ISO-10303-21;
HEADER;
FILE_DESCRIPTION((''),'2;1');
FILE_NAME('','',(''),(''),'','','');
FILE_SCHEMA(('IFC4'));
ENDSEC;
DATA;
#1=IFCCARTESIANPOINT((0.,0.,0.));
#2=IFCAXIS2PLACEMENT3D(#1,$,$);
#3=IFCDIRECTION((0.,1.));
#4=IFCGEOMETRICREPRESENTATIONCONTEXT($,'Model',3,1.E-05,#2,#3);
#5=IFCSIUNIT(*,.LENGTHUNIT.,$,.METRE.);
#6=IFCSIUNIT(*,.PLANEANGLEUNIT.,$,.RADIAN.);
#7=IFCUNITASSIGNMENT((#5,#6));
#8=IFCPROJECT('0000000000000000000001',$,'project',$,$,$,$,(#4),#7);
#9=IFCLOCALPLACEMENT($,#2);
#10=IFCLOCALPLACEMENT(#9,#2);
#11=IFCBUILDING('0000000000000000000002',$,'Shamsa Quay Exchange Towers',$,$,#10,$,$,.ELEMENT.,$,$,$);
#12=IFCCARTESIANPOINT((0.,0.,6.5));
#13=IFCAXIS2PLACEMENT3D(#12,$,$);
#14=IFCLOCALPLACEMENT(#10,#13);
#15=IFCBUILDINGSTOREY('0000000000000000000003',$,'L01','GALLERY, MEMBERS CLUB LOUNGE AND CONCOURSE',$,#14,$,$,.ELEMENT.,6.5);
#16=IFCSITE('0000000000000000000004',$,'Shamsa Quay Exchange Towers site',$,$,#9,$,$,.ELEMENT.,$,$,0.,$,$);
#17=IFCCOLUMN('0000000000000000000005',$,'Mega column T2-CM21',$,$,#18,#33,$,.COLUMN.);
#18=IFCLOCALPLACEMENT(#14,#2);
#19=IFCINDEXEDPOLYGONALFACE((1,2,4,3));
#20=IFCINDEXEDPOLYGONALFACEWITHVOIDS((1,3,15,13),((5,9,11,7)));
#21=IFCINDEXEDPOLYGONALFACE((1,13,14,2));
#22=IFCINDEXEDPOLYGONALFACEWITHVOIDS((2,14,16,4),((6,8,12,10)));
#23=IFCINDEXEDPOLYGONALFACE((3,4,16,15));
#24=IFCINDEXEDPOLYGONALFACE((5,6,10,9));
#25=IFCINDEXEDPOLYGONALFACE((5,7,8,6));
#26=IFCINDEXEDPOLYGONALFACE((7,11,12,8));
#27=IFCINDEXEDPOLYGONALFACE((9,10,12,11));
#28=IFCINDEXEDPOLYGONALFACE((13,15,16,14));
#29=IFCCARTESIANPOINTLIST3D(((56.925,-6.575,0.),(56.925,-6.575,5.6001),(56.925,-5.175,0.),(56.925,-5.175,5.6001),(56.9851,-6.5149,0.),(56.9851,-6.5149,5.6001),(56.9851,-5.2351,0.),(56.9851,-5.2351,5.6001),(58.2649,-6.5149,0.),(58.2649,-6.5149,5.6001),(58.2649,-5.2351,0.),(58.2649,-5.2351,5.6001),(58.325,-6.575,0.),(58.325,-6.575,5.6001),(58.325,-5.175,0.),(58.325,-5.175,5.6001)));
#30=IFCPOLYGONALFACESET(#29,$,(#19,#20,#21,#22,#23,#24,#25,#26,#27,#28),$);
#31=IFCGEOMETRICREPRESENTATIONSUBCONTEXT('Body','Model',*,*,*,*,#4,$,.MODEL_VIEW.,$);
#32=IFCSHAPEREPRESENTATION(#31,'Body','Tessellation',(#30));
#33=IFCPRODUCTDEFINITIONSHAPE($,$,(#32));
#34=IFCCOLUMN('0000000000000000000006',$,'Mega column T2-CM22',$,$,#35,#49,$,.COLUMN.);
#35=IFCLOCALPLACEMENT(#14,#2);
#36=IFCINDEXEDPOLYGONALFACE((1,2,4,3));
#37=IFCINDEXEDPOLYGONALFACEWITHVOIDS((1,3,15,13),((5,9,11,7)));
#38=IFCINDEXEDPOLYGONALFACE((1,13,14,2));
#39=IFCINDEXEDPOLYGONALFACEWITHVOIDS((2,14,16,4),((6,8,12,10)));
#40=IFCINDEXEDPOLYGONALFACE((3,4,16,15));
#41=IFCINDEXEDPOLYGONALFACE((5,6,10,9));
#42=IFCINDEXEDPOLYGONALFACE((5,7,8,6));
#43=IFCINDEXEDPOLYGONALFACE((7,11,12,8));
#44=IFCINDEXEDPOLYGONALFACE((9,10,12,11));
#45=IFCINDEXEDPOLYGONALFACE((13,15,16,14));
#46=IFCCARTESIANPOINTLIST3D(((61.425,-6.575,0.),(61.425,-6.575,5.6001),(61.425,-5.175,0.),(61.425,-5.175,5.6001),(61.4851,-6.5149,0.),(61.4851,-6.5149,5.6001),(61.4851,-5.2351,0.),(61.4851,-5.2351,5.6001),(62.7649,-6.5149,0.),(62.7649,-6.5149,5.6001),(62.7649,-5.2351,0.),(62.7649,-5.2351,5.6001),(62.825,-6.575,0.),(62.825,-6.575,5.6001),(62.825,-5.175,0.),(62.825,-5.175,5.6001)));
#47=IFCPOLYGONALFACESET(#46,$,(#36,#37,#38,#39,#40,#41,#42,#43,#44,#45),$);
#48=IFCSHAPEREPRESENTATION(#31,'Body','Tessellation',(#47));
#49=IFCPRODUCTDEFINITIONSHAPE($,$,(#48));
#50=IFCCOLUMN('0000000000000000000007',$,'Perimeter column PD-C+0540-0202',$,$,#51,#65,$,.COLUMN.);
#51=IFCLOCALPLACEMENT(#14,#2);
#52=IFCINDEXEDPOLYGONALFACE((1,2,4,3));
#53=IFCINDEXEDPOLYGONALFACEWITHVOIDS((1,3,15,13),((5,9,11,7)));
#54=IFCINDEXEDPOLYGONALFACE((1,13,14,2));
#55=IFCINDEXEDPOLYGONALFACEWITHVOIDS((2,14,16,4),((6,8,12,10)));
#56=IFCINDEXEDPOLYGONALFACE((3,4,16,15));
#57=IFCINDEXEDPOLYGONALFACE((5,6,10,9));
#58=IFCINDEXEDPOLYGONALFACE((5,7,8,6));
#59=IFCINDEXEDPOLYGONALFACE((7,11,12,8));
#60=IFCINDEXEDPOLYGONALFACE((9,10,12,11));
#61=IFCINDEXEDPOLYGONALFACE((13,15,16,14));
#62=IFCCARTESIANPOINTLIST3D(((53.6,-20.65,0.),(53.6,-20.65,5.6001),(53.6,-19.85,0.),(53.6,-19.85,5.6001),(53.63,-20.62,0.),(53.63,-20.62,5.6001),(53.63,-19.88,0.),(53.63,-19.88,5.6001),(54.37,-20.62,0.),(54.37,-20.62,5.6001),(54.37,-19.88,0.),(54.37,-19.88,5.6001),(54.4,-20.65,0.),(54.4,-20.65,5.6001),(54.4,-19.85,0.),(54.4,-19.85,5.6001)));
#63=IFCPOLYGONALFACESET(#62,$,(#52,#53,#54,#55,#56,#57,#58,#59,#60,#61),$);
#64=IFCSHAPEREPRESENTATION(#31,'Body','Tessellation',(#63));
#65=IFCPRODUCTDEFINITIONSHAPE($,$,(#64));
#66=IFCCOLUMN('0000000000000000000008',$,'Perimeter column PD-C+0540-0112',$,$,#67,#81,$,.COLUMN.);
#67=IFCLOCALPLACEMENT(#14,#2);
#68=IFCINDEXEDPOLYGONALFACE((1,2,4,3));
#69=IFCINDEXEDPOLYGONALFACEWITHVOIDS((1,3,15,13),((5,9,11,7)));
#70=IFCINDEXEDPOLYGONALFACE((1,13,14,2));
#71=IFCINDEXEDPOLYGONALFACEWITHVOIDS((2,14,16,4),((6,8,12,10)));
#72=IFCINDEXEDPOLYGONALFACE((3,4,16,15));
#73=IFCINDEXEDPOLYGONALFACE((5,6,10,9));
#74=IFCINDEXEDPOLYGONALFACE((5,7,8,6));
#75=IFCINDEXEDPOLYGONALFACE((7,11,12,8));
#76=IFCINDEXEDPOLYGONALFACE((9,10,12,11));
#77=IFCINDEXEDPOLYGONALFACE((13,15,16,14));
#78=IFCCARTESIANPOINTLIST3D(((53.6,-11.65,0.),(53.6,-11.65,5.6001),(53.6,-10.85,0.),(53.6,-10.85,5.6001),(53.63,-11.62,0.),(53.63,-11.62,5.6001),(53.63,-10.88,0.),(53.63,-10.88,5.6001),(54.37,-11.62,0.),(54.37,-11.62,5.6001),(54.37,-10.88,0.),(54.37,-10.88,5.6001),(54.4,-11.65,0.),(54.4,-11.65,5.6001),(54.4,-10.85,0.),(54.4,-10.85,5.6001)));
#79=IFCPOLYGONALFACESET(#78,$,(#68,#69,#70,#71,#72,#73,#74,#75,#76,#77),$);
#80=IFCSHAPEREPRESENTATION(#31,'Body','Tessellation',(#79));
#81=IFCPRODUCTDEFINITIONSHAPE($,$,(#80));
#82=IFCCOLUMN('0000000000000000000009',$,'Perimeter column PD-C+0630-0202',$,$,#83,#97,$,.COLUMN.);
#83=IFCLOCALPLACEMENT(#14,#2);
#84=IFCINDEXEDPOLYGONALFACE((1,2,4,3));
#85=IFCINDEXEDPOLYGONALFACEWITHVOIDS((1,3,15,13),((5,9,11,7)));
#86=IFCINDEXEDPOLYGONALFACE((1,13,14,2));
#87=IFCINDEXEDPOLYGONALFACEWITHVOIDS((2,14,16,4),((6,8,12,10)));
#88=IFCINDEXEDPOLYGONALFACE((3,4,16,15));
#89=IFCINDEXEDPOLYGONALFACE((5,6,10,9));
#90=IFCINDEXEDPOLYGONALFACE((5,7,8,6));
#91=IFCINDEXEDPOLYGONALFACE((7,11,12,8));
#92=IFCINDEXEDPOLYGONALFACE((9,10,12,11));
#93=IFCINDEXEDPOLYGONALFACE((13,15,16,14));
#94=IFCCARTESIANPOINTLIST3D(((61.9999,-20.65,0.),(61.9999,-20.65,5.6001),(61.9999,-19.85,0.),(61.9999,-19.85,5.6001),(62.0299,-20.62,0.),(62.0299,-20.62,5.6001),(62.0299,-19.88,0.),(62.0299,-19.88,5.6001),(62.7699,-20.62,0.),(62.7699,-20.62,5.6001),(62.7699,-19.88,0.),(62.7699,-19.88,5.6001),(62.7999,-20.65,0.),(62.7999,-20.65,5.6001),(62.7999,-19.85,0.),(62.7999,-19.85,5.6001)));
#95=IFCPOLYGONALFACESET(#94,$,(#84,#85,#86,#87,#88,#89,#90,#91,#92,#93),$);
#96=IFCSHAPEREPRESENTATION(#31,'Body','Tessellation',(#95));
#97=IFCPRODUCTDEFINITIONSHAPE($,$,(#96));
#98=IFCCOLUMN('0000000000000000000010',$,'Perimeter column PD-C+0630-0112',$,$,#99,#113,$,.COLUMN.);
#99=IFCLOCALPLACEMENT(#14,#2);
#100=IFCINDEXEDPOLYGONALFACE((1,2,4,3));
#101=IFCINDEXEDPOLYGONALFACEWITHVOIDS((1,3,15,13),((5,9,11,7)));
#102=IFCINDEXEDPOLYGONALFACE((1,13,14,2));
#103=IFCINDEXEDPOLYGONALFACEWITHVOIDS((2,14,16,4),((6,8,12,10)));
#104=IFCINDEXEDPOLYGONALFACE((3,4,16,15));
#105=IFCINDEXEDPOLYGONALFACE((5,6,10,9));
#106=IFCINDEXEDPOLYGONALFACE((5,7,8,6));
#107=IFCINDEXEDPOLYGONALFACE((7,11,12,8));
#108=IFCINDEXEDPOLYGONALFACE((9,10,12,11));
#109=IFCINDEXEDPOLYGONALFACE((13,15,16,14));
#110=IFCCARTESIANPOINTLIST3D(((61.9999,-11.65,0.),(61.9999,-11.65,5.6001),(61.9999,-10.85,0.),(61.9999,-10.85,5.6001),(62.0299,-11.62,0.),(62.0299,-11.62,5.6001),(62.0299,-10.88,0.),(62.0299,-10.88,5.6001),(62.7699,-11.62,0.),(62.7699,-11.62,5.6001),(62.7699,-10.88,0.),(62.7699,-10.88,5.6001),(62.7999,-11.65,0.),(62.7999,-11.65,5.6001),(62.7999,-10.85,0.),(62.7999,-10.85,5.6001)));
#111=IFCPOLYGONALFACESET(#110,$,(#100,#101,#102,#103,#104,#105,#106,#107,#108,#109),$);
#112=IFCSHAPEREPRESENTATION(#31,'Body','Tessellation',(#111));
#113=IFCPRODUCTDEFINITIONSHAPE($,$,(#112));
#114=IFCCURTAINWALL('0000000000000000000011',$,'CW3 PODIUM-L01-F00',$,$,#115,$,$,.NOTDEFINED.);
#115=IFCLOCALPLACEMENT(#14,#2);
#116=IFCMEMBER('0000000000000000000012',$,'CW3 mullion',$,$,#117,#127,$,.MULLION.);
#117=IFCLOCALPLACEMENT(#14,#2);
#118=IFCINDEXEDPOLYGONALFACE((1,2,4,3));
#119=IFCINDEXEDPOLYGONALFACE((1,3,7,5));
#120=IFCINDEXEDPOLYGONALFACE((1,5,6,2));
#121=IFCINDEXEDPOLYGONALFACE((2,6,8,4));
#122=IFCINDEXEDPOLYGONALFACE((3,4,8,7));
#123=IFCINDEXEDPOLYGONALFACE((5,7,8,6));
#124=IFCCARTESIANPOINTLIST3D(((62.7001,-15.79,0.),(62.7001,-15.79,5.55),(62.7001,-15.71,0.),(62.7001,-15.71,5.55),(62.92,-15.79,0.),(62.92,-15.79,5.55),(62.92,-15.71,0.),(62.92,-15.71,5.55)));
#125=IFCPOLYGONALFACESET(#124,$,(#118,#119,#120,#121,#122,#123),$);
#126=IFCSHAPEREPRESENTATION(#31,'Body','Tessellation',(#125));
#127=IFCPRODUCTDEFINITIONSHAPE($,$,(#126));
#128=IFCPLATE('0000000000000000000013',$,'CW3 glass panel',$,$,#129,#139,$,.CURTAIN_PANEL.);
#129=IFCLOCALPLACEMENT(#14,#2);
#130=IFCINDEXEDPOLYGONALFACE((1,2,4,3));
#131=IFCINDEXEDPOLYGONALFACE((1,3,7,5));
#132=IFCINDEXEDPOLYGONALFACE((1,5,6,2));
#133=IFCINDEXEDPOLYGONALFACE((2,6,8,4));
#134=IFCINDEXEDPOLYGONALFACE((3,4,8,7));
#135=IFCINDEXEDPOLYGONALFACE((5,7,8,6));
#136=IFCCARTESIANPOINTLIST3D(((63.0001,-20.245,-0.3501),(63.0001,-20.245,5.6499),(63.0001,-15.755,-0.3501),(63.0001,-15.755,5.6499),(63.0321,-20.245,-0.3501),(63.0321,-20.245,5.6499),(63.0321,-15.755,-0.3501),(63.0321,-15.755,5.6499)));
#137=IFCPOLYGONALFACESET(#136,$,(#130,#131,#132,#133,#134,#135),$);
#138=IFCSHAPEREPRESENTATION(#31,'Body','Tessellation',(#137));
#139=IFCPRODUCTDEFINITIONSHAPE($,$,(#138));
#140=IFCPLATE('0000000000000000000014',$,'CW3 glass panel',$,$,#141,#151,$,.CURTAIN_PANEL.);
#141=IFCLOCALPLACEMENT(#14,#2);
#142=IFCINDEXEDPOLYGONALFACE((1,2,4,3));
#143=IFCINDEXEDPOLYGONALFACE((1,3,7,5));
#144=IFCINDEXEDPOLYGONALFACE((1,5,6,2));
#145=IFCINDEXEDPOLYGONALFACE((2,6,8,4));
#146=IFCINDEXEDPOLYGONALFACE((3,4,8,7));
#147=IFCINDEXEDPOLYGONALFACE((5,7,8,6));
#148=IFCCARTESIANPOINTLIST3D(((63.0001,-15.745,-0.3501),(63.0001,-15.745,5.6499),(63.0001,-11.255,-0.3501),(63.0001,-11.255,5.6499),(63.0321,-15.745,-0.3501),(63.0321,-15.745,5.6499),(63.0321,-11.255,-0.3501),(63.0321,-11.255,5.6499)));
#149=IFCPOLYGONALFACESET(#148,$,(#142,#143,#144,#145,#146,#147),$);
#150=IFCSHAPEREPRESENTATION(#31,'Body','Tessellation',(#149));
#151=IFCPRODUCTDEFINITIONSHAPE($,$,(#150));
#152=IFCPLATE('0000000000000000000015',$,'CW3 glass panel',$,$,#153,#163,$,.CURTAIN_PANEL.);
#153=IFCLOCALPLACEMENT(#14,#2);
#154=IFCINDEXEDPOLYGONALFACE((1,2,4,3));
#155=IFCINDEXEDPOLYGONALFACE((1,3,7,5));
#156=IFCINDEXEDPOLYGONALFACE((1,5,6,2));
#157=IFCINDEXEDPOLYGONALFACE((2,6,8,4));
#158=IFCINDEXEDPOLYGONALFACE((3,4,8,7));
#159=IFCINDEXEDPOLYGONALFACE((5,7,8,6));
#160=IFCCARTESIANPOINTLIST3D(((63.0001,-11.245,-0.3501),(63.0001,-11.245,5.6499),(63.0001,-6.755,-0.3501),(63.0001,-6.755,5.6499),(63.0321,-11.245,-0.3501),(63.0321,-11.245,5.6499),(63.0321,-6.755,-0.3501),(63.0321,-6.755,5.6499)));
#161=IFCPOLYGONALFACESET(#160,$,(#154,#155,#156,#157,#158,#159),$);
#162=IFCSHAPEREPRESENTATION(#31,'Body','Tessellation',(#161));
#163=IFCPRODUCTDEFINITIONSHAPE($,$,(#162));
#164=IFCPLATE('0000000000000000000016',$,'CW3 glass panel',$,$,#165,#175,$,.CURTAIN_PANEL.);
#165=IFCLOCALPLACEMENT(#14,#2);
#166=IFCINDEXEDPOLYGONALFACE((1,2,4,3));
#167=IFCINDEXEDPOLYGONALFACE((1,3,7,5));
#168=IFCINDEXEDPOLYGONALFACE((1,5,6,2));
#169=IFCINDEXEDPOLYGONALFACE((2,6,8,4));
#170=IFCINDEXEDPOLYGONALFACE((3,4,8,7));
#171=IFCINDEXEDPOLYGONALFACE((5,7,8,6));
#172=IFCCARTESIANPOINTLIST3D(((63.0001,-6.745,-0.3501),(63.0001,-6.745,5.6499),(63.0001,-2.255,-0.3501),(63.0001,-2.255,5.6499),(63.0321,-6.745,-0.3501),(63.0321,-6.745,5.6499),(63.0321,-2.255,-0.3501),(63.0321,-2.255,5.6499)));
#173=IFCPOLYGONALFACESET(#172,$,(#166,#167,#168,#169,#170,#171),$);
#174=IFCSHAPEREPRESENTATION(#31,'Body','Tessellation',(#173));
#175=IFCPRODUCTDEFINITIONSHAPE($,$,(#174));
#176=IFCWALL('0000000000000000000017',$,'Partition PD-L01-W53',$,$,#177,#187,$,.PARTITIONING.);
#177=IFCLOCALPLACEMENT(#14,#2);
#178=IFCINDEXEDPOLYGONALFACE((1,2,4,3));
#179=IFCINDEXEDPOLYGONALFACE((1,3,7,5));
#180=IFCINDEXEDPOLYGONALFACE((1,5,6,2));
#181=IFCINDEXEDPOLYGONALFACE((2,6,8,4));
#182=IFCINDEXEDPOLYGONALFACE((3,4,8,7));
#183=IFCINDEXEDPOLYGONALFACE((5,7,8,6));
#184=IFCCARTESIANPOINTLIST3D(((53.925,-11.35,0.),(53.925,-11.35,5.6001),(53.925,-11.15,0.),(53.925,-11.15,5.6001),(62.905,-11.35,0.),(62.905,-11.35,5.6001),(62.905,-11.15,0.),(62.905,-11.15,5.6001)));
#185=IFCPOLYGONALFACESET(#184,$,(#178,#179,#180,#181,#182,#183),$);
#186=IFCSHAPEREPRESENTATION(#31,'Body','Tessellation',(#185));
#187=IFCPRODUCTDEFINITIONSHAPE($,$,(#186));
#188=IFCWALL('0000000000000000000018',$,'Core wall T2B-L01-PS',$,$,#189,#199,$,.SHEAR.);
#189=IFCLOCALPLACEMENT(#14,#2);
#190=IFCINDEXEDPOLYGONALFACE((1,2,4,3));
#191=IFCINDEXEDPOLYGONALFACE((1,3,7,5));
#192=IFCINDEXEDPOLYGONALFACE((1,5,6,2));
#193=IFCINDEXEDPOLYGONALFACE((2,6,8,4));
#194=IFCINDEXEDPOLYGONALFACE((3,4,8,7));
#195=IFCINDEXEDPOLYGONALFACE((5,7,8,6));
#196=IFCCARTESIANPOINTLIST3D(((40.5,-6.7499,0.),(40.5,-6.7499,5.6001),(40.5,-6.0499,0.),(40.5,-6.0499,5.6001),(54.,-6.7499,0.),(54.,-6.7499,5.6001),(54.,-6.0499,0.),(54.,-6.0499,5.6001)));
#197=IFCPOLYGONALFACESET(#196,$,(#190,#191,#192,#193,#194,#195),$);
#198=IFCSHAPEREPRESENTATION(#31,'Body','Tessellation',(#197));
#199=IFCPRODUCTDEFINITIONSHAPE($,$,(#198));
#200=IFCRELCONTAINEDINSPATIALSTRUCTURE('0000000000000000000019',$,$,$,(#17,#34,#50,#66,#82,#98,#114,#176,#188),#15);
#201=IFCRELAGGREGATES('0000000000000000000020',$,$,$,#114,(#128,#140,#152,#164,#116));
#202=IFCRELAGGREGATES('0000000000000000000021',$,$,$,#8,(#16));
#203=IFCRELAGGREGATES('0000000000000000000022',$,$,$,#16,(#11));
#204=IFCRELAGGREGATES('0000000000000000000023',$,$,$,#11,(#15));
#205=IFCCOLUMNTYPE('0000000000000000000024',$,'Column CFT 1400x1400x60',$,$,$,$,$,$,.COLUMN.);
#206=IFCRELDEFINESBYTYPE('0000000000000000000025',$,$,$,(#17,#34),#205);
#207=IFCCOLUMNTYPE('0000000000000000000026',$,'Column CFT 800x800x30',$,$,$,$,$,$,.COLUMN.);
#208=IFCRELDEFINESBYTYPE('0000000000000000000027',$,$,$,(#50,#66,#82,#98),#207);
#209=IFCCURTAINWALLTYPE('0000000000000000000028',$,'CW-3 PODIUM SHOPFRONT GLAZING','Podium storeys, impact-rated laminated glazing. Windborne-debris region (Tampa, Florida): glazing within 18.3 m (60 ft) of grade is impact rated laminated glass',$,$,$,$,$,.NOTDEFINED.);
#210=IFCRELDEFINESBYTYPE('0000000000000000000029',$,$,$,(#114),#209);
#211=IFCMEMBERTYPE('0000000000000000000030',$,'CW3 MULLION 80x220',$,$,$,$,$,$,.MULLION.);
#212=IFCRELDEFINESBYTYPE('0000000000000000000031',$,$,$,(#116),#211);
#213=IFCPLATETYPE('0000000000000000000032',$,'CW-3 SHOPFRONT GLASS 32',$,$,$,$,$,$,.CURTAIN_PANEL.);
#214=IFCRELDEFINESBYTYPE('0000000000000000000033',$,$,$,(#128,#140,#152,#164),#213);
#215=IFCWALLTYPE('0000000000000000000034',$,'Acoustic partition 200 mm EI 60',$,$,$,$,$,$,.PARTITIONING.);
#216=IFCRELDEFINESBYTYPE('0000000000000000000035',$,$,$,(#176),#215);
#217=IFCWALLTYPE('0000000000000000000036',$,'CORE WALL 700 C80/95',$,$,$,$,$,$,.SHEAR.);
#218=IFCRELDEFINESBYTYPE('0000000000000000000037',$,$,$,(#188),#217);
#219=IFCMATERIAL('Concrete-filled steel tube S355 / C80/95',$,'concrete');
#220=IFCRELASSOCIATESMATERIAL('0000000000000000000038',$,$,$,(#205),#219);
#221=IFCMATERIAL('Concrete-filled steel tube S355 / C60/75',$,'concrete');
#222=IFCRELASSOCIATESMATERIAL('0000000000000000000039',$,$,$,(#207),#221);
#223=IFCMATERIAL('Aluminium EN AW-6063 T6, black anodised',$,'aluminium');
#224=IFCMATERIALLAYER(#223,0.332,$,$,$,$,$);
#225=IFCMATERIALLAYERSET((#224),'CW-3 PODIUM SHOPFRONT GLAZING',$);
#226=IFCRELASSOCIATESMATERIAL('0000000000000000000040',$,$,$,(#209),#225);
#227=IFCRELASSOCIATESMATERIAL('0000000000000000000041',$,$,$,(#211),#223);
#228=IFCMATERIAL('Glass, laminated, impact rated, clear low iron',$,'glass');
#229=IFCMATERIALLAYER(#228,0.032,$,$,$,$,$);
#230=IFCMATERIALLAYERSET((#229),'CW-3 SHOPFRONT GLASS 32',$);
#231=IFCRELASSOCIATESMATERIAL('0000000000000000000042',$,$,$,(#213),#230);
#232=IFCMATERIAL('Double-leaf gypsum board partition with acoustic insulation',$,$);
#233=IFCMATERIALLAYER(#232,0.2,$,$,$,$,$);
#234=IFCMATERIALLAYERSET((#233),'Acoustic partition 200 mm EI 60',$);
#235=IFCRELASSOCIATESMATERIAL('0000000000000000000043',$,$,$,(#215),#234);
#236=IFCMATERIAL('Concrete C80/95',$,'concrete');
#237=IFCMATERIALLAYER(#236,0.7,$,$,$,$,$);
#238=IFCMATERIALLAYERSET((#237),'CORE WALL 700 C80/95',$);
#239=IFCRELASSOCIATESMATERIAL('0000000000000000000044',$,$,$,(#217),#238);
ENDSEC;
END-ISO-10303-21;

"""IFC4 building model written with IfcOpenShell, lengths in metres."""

from ifc_helpers import new_model, si_unit, direction, frame, frame_2d, origin, origin_2d, place, context, subcontext, project, spatial, rectangle, hollow_rectangle, extrude, material, layer, layer_set, material_profile, profile_set, type_object, element, aggregate, save


model = new_model("IFC4")

# Units and contexts
model_context = context("Model", 3, precision=1e-05, world=origin(), true_north=direction((0.0, 1.0)))
body_context = subcontext(model_context, "Body", "Model", "MODEL_VIEW")
ifc_project = project(units=[si_unit("LENGTHUNIT", "METRE"), si_unit("PLANEANGLEUNIT", "RADIAN")], contexts=[model_context])

# Site, building, storey
site_placement = place(None, origin())
site = spatial("IfcSite", under=ifc_project, at=site_placement, Name="Shamsa Quay Exchange Towers site", CompositionType="ELEMENT", RefElevation=0.0)
building_placement = place(site_placement, origin())
building = spatial("IfcBuilding", under=site, at=building_placement, Name="Shamsa Quay Exchange Towers", CompositionType="ELEMENT")
storey_placement = place(building_placement, frame((0.0, 0.0, 6.5)))
storey = spatial("IfcBuildingStorey", under=building, at=storey_placement, Name="L01", Description="GALLERY, MEMBERS CLUB LOUNGE AND CONCOURSE", CompositionType="ELEMENT", Elevation=6.5)

# Columns
ifc_material_1 = material(Name="Concrete-filled steel tube S355 / C80/95", Category="concrete")
ifc_material_profile_1 = material_profile(ifc_material_1, hollow_rectangle(XDim=1.3999, YDim=1.3999, WallThickness=0.0601, at=origin_2d()), Name="CFT 1400x1400x60")
ifc_profile_set_1 = profile_set([ifc_material_profile_1], Name="Concrete-filled steel tube S355 / C80/95")
column_type_1 = type_object("IfcColumnType", Name="Column CFT 1400x1400x60", PredefinedType="COLUMN", material=ifc_profile_set_1)
for number, where, name in (
    (1, (57.625, -5.875, 0.0), "Mega column T2-CM21"),
    (2, (62.125, -5.875, 0.0), "Mega column T2-CM22"),
):
    element("IfcColumn", number, at=place(storey_placement, frame(where)), inside=storey, type_object=column_type_1, Name=name, PredefinedType="COLUMN", context=body_context, shape_type="SweptSolid", body=[
        extrude(hollow_rectangle(XDim=1.3999, YDim=1.3999, WallThickness=0.0601, at=origin_2d()), origin(), (0.0, 0.0, 1.0), 5.6001),
    ])
ifc_material_2 = material(Name="Concrete-filled steel tube S355 / C60/75", Category="concrete")
ifc_material_profile_2 = material_profile(ifc_material_2, hollow_rectangle(XDim=0.8, YDim=0.8, WallThickness=0.03, at=origin_2d()), Name="CFT 800x800x30")
ifc_profile_set_2 = profile_set([ifc_material_profile_2], Name="Concrete-filled steel tube S355 / C60/75")
column_type_2 = type_object("IfcColumnType", Name="Column CFT 800x800x30", PredefinedType="COLUMN", material=ifc_profile_set_2)
for number, where, name in (
    (3, (54.0, -20.25, 0.0), "Perimeter column PD-C+0540-0202"),
    (4, (54.0, -11.25, 0.0), "Perimeter column PD-C+0540-0112"),
    (5, (62.3999, -20.25, 0.0), "Perimeter column PD-C+0630-0202"),
    (6, (62.3999, -11.25, 0.0), "Perimeter column PD-C+0630-0112"),
):
    element("IfcColumn", number, at=place(storey_placement, frame(where)), inside=storey, type_object=column_type_2, Name=name, PredefinedType="COLUMN", context=body_context, shape_type="SweptSolid", body=[
        extrude(hollow_rectangle(XDim=0.8, YDim=0.8, WallThickness=0.03, at=origin_2d()), origin(), (0.0, 0.0, 1.0), 5.6001),
    ])

# Curtain wall, member, plates
ifc_material_3 = material(Name="Aluminium EN AW-6063 T6, black anodised", Category="aluminium")
ifc_layer_1 = layer(ifc_material_3, 0.332)
ifc_layer_set_1 = layer_set([ifc_layer_1], Name="CW-3 PODIUM SHOPFRONT GLAZING")
curtain_wall_type = type_object("IfcCurtainWallType", Name="CW-3 PODIUM SHOPFRONT GLAZING", Description="Podium storeys, impact-rated laminated glazing. Windborne-debris region (Tampa, Florida): glazing within 18.3 m (60 ft) of grade is impact rated laminated glass", PredefinedType="NOTDEFINED", material=ifc_layer_set_1)
curtain_wall_placement = place(storey_placement, origin())
curtain_wall = element("IfcCurtainWall", 7, at=curtain_wall_placement, inside=storey, type_object=curtain_wall_type, Name="CW3 PODIUM-L01-F00", PredefinedType="NOTDEFINED")
ifc_material_profile_3 = material_profile(ifc_material_3, rectangle(XDim=0.22, YDim=0.0801, at=origin_2d()), Name="MU80x220")
ifc_profile_set_3 = profile_set([ifc_material_profile_3], Name="Aluminium EN AW-6063 T6, black anodised")
member_type = type_object("IfcMemberType", Name="CW3 MULLION 80x220", PredefinedType="MULLION", material=ifc_profile_set_3)
member_placement = place(storey_placement, frame((62.8101, -15.75, 0.0), z_axis=(0.0, 0.0, 1.0), x_axis=(-1.0, 0.0, 0.0)))
member = element("IfcMember", 8, at=member_placement, type_object=member_type, Name="CW3 mullion", PredefinedType="MULLION", context=body_context, shape_type="SweptSolid", body=[
    extrude(rectangle(XDim=0.22, YDim=0.0801, at=origin_2d()), origin(), (0.0, 0.0, 1.0), 5.55),
])
ifc_material_4 = material(Name="Glass, laminated, impact rated, clear low iron", Category="glass")
ifc_layer_2 = layer(ifc_material_4, 0.032)
ifc_layer_set_2 = layer_set([ifc_layer_2], Name="CW-3 SHOPFRONT GLASS 32")
plate_type = type_object("IfcPlateType", Name="CW-3 SHOPFRONT GLASS 32", PredefinedType="CURTAIN_PANEL", material=ifc_layer_set_2)
plate_1_placement = place(storey_placement, frame((63.0161, -18.0, -0.3501), z_axis=(0.0, 0.0, 1.0), x_axis=(0.0, 1.0, 0.0)))
plate_1 = element("IfcPlate", 9, at=plate_1_placement, type_object=plate_type, Name="CW3 glass panel", PredefinedType="CURTAIN_PANEL", context=body_context, shape_type="SweptSolid", body=[
    extrude(rectangle(XDim=4.49, YDim=0.032, at=origin_2d()), origin(), (0.0, 0.0, 1.0), 6.0),
])
plate_2_placement = place(storey_placement, frame((63.0161, -13.5, -0.3501), z_axis=(0.0, 0.0, 1.0), x_axis=(0.0, 1.0, 0.0)))
plate_2 = element("IfcPlate", 10, at=plate_2_placement, type_object=plate_type, Name="CW3 glass panel", PredefinedType="CURTAIN_PANEL", context=body_context, shape_type="SweptSolid", body=[
    extrude(rectangle(XDim=4.49, YDim=0.032, at=origin_2d()), origin(), (0.0, 0.0, 1.0), 6.0),
])
plate_3_placement = place(storey_placement, frame((63.0161, -9.0, -0.3501), z_axis=(0.0, 0.0, 1.0), x_axis=(0.0, 1.0, 0.0)))
plate_3 = element("IfcPlate", 11, at=plate_3_placement, type_object=plate_type, Name="CW3 glass panel", PredefinedType="CURTAIN_PANEL", context=body_context, shape_type="SweptSolid", body=[
    extrude(rectangle(XDim=4.49, YDim=0.032, at=origin_2d()), origin(), (0.0, 0.0, 1.0), 6.0),
])
plate_4_placement = place(storey_placement, frame((63.0161, -4.5, -0.3501), z_axis=(0.0, 0.0, 1.0), x_axis=(0.0, 1.0, 0.0)))
plate_4 = element("IfcPlate", 12, at=plate_4_placement, type_object=plate_type, Name="CW3 glass panel", PredefinedType="CURTAIN_PANEL", context=body_context, shape_type="SweptSolid", body=[
    extrude(rectangle(XDim=4.49, YDim=0.032, at=origin_2d()), origin(), (0.0, 0.0, 1.0), 6.0),
])
aggregate(curtain_wall, [plate_1, plate_2, plate_3, plate_4, member])

# Shared definitions
ifc_material_5 = material(Name="Double-leaf gypsum board partition with acoustic insulation")
ifc_layer_3 = layer(ifc_material_5, 0.2)
ifc_layer_set_3 = layer_set([ifc_layer_3], Name="Acoustic partition 200 mm EI 60")
wall_type_1 = type_object("IfcWallType", Name="Acoustic partition 200 mm EI 60", PredefinedType="PARTITIONING", material=ifc_layer_set_3)

# Walls
wall_1_placement = place(storey_placement, frame((62.905, -11.25, 0.0), z_axis=(0.0, 0.0, 1.0), x_axis=(-1.0, 0.0, 0.0)))
element("IfcWall", 13, at=wall_1_placement, inside=storey, type_object=wall_type_1, Name="Partition PD-L01-W53", PredefinedType="PARTITIONING", context=body_context, shape_type="SweptSolid", body=[
    extrude(rectangle(XDim=8.98, YDim=0.2, at=frame_2d((4.49, 0.0))), origin(), (0.0, 0.0, 1.0), 5.6001),
])
ifc_material_6 = material(Name="Concrete C80/95", Category="concrete")
ifc_layer_4 = layer(ifc_material_6, 0.7)
ifc_layer_set_4 = layer_set([ifc_layer_4], Name="CORE WALL 700 C80/95")
wall_type_2 = type_object("IfcWallType", Name="CORE WALL 700 C80/95", PredefinedType="SHEAR", material=ifc_layer_set_4)
wall_2_placement = place(storey_placement, frame((54.0, -6.3999, 0.0), z_axis=(0.0, 0.0, 1.0), x_axis=(-1.0, 0.0, 0.0)))
element("IfcWall", 14, at=wall_2_placement, inside=storey, type_object=wall_type_2, Name="Core wall T2B-L01-PS", PredefinedType="SHEAR", context=body_context, shape_type="SweptSolid", body=[
    extrude(rectangle(XDim=13.5, YDim=0.7, at=frame_2d((6.75, 0.0))), origin(), (0.0, 0.0, 1.0), 5.6001),
])

save(model, "model.ifc")
